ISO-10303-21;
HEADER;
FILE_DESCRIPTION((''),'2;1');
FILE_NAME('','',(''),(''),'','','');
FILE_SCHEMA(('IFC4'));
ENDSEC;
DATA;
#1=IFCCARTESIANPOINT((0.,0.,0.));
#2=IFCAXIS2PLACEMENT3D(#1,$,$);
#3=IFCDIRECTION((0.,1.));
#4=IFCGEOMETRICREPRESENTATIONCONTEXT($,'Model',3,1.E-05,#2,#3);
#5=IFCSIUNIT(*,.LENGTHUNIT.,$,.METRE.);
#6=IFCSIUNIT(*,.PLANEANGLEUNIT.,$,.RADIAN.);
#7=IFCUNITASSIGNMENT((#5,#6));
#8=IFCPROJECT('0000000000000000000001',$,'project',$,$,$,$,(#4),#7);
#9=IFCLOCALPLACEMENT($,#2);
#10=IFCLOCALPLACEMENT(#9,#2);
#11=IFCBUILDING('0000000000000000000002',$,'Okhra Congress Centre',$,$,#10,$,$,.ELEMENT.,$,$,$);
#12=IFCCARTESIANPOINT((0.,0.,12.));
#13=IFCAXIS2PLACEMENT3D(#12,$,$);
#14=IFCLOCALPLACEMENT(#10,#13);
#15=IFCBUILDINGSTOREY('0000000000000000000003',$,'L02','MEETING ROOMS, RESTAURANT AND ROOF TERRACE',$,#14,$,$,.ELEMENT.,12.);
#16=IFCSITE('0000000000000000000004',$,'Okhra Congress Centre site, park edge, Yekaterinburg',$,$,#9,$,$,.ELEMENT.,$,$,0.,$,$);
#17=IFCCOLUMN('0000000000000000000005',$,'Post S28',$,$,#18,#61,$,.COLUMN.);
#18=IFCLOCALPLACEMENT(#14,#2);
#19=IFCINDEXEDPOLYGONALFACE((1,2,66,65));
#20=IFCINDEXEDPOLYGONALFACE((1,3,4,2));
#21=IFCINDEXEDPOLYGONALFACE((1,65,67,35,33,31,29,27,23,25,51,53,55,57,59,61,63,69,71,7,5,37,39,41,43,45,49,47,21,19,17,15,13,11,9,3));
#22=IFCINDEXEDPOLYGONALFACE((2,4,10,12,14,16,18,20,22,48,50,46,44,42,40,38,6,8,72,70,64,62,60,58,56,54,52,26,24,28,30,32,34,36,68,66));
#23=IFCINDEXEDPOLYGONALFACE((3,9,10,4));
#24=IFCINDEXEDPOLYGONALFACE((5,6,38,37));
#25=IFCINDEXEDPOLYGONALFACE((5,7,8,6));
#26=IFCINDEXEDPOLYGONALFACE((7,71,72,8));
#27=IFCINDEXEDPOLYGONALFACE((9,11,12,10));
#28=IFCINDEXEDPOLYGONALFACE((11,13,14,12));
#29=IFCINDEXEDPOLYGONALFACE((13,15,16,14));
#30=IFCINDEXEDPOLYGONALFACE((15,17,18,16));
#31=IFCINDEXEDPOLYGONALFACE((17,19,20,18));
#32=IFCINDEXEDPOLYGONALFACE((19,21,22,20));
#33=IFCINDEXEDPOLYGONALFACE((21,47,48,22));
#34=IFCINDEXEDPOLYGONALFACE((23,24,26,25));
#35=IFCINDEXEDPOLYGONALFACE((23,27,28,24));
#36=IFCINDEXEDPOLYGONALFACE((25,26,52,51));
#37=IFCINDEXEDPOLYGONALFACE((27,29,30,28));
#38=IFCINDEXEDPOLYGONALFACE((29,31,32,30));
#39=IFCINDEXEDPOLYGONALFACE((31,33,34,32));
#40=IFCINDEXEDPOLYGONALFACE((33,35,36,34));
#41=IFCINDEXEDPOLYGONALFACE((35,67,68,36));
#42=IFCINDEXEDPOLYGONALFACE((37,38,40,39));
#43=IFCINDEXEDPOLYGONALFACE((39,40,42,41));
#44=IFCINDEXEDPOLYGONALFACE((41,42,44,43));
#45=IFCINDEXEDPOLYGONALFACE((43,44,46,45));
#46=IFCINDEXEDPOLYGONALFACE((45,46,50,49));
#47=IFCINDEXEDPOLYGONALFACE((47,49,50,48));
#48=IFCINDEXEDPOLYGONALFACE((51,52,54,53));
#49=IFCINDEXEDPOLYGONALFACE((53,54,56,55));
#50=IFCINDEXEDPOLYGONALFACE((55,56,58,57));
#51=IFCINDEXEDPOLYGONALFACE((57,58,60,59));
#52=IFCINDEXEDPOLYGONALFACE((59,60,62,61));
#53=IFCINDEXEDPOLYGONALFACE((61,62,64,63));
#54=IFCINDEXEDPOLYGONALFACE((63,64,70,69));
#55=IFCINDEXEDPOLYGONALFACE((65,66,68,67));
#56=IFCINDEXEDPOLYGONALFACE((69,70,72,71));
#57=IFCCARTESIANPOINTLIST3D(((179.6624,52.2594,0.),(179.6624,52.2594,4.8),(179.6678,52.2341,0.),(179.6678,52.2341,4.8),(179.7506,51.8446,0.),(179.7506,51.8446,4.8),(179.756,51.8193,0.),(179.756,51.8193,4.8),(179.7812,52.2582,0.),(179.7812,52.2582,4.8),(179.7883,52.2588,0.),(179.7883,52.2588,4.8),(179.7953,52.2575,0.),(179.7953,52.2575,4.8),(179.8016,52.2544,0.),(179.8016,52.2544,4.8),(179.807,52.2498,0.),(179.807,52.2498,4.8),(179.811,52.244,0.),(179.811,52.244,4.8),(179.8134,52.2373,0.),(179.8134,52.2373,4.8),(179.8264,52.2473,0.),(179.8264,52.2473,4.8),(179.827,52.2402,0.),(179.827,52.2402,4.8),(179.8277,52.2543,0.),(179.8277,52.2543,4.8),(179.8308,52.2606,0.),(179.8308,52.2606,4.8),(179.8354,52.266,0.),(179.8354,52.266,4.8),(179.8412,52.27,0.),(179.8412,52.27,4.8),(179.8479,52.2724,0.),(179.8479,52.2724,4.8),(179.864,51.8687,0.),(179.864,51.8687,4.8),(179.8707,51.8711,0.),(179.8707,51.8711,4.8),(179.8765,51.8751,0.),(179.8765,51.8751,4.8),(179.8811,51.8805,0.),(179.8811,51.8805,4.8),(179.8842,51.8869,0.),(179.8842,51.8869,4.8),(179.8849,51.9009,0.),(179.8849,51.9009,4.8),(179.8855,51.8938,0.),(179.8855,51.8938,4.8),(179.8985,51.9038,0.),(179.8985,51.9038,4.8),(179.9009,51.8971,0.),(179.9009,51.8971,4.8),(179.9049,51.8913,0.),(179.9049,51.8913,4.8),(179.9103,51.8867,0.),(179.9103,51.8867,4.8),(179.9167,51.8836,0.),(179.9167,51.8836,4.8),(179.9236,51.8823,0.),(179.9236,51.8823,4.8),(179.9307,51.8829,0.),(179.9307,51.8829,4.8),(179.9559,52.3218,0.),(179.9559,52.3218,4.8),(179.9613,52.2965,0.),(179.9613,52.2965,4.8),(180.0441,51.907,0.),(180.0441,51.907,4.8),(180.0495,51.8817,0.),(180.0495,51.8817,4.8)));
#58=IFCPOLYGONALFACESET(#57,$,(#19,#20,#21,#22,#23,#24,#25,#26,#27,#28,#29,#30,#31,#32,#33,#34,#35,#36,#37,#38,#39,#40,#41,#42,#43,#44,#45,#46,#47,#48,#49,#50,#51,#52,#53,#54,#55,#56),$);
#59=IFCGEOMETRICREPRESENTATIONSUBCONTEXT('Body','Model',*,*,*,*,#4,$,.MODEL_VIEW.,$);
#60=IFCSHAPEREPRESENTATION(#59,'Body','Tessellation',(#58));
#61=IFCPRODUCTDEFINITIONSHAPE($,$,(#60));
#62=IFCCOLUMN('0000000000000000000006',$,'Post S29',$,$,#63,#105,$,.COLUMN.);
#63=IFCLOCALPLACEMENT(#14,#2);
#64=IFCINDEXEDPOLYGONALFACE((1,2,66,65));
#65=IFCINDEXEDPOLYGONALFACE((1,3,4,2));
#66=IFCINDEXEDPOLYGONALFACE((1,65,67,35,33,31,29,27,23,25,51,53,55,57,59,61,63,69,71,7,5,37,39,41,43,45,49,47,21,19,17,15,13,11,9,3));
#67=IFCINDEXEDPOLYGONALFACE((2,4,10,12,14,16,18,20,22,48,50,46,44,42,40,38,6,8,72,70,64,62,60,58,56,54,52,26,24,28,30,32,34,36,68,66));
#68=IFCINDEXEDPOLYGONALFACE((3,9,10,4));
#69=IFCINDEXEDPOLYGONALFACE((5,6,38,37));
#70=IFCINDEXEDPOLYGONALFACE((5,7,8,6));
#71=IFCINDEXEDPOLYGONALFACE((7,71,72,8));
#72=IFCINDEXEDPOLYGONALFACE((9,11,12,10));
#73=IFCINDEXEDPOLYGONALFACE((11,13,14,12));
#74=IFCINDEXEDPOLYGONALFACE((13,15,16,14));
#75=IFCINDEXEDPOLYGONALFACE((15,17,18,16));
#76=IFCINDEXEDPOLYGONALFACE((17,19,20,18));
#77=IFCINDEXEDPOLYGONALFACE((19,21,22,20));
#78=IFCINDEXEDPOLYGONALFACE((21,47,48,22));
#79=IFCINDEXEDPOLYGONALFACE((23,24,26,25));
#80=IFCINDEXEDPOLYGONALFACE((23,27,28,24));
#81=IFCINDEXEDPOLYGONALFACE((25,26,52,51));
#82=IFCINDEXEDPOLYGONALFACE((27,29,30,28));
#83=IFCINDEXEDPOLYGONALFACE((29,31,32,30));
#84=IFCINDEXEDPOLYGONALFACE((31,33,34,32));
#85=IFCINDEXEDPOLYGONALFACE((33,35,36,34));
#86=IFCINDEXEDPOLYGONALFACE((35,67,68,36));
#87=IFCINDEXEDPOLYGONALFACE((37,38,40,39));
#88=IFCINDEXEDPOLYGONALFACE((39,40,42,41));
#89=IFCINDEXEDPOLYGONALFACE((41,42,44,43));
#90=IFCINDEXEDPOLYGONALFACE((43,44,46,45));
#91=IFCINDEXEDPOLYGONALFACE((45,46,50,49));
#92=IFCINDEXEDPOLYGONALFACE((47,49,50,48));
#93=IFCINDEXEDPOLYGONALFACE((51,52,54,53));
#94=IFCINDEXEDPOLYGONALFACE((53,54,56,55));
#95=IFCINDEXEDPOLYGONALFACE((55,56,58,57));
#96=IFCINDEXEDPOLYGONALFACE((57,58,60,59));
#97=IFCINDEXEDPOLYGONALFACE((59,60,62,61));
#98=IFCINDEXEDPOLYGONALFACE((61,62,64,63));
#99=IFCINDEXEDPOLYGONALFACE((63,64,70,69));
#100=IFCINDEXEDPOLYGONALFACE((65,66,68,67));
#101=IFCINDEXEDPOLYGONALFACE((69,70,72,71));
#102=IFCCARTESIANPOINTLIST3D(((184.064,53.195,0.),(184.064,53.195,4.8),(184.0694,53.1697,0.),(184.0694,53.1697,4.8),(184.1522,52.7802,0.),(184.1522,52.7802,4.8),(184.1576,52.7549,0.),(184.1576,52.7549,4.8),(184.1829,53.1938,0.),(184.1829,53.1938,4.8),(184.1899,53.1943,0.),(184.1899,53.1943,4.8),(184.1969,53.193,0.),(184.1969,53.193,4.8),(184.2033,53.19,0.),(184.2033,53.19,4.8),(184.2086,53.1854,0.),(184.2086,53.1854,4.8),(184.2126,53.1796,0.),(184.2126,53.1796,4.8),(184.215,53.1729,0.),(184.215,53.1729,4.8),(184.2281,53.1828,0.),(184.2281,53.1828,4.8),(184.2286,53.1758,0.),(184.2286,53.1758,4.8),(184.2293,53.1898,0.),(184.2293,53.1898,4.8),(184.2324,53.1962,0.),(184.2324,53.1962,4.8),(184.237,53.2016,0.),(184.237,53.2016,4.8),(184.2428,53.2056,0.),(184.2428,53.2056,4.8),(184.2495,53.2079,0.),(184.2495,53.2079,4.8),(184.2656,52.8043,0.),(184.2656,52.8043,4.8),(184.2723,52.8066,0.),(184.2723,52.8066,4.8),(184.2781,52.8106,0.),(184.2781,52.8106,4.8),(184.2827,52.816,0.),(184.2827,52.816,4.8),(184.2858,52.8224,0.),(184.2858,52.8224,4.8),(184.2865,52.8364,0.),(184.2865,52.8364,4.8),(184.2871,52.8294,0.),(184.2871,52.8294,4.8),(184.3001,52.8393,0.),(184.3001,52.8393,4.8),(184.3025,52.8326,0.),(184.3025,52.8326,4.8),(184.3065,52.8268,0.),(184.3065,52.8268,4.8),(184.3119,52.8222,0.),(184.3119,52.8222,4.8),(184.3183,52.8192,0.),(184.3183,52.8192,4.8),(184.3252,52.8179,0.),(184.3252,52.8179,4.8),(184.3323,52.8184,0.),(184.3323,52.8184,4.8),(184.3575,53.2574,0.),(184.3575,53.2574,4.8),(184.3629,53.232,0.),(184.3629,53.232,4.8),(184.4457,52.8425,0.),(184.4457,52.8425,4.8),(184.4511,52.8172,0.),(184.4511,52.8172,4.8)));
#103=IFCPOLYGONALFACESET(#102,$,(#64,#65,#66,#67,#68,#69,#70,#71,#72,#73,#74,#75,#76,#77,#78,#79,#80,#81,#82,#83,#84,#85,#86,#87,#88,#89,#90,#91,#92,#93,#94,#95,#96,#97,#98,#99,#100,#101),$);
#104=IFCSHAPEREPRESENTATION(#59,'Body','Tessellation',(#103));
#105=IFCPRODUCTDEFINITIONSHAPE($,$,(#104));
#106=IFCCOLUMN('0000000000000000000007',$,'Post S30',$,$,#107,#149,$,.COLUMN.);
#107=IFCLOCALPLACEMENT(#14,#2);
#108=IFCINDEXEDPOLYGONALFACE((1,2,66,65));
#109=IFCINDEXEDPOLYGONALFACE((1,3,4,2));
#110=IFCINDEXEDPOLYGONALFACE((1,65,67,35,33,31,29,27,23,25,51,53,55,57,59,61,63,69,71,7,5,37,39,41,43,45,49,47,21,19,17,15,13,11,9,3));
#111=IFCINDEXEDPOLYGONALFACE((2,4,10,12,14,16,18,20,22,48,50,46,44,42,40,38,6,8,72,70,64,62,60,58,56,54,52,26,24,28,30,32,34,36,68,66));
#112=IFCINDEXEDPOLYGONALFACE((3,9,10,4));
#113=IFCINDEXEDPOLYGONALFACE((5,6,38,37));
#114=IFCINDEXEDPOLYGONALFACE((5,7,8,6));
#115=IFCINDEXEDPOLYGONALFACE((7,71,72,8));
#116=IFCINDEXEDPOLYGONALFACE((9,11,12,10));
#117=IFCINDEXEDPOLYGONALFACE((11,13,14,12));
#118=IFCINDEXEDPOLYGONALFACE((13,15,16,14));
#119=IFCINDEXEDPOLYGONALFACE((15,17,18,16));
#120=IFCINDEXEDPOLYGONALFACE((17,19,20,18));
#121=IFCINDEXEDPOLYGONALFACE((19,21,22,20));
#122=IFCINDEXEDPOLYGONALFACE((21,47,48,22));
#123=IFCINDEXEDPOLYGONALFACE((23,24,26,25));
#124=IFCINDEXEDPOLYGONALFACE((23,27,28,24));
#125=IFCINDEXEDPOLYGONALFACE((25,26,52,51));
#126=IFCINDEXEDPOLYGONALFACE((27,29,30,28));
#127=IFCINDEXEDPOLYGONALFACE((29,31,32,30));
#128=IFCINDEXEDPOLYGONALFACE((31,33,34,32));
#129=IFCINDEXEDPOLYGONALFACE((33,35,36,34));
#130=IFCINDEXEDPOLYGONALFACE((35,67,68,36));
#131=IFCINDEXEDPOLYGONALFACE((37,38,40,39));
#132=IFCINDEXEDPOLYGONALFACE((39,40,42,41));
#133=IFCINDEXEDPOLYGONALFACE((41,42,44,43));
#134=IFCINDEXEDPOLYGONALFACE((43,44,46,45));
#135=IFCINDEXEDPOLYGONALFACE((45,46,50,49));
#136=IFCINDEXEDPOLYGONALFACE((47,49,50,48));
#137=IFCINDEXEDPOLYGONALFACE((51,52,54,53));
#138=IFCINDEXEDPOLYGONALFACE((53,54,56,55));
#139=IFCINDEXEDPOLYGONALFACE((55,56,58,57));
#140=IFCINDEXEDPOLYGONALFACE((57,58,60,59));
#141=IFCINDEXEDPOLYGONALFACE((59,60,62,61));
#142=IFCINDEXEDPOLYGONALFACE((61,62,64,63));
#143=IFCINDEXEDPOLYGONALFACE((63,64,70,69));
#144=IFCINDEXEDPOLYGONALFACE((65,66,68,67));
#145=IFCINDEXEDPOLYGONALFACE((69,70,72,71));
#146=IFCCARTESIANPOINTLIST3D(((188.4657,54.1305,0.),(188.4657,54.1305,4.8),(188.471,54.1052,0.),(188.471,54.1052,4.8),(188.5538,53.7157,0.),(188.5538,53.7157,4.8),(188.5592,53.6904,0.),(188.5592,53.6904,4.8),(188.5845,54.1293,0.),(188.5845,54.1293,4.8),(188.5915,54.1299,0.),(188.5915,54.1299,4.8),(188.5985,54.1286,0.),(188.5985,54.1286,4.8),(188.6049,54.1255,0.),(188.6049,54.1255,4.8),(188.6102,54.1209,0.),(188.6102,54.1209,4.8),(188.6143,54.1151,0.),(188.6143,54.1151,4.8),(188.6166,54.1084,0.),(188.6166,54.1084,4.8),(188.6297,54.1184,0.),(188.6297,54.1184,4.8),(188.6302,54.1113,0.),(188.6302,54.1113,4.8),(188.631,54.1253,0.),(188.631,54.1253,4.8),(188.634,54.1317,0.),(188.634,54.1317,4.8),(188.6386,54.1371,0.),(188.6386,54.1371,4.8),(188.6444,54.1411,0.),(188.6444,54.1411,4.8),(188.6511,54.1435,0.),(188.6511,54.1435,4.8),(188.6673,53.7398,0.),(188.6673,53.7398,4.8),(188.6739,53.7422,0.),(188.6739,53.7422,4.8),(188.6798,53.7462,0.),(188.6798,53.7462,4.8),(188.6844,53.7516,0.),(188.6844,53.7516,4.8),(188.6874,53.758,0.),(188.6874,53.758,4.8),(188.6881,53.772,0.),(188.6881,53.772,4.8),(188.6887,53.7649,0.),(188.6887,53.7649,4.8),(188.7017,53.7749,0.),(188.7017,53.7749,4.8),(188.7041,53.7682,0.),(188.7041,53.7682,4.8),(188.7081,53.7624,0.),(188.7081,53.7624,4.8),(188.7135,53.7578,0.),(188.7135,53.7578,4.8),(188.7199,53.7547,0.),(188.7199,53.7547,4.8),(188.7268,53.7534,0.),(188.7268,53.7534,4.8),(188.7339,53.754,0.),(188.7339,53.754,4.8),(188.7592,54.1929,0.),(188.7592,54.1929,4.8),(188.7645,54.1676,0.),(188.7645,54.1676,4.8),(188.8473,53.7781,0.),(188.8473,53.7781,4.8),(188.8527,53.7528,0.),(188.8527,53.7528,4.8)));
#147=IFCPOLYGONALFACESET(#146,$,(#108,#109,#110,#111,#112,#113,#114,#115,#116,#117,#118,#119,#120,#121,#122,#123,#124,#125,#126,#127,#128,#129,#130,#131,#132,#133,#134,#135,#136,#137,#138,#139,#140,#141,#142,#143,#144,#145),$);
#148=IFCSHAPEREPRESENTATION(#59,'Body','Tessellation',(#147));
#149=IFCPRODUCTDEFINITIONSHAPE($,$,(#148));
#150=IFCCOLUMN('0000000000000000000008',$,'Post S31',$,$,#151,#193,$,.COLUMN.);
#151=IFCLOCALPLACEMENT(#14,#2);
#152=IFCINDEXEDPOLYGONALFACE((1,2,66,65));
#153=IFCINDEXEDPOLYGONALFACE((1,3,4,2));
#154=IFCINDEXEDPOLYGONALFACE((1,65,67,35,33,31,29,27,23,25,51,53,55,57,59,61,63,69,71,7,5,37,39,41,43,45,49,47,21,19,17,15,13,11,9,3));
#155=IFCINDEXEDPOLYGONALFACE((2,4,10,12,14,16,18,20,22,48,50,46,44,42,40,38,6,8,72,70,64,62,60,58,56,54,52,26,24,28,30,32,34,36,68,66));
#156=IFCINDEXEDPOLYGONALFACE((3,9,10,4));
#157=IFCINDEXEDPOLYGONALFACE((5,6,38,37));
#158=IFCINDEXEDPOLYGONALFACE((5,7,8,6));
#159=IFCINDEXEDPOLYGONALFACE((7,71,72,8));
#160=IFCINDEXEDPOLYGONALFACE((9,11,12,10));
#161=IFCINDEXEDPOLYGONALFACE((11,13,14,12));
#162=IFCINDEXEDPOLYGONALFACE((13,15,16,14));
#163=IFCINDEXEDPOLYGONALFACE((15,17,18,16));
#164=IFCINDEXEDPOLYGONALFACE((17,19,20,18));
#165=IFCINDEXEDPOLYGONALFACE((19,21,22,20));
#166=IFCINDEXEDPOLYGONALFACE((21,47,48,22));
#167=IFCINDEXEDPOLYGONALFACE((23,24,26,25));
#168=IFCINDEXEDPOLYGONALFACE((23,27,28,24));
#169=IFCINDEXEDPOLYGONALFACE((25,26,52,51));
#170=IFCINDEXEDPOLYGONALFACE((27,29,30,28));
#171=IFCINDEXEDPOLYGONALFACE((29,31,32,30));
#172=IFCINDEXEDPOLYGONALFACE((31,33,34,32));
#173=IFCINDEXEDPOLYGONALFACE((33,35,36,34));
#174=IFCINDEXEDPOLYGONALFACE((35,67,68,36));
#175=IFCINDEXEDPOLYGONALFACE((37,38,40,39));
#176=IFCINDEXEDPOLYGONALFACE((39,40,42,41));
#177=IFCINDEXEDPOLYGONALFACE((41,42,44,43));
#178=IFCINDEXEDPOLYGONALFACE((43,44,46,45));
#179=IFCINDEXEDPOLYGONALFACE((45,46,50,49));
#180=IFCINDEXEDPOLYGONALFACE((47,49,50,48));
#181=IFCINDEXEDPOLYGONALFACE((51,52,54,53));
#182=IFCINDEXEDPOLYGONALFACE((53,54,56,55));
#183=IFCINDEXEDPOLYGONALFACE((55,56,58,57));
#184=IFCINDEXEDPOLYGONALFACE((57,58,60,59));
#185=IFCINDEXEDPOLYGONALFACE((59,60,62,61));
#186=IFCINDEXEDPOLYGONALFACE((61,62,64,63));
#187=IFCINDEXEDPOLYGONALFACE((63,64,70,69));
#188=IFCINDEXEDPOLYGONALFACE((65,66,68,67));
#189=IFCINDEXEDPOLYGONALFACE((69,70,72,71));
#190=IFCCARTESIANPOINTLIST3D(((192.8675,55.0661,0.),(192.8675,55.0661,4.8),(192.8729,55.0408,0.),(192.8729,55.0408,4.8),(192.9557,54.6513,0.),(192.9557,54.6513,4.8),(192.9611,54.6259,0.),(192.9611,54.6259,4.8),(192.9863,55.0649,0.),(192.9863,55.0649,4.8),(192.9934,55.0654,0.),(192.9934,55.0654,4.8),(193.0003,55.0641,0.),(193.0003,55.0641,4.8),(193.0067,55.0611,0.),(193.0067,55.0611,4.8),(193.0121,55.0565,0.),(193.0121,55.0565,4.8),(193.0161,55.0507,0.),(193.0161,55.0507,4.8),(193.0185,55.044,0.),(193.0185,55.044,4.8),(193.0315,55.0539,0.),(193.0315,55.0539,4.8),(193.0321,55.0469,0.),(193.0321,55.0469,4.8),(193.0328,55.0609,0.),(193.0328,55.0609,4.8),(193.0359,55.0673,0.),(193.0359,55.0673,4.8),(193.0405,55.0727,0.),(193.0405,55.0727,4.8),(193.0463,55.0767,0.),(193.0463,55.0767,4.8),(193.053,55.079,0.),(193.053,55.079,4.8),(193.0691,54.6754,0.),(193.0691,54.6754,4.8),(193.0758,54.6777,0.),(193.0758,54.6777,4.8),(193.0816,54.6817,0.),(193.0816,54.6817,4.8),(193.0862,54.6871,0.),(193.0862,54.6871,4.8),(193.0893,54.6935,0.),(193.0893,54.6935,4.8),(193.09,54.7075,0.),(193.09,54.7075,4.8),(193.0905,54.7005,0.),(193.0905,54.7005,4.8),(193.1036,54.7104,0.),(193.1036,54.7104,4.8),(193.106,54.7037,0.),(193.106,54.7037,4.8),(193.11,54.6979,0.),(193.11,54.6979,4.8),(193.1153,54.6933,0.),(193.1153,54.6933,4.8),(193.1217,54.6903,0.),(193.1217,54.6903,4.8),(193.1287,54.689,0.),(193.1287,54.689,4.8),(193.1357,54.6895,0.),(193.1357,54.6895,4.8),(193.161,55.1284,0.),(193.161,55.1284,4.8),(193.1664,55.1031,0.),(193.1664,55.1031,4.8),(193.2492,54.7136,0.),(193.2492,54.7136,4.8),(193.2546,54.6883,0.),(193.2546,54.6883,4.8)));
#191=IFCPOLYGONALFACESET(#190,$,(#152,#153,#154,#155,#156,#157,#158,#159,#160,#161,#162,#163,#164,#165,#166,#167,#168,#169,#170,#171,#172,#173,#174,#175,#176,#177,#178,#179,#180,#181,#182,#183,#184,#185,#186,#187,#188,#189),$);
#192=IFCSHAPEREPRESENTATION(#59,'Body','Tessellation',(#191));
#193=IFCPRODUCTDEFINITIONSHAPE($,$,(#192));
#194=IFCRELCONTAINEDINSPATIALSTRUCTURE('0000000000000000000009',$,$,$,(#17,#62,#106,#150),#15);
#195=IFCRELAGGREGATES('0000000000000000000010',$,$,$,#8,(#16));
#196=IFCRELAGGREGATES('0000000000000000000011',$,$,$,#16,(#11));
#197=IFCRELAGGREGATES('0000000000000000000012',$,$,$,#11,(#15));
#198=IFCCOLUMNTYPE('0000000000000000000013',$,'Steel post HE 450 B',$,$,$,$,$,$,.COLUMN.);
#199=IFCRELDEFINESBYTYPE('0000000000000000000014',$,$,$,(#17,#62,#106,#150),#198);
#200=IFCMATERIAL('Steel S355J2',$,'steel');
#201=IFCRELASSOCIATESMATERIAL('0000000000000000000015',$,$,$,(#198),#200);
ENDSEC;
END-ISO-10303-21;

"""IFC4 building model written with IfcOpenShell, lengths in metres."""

from ifc_helpers import new_model, si_unit, direction, frame, origin, origin_2d, place, context, subcontext, project, spatial, i_section, extrude, material, material_profile, profile_set, type_object, element, save


model = new_model("IFC4")

# Units and contexts
model_context = context("Model", 3, precision=1e-05, world=origin(), true_north=direction((0.0, 1.0)))
body_context = subcontext(model_context, "Body", "Model", "MODEL_VIEW")
ifc_project = project(units=[si_unit("LENGTHUNIT", "METRE"), si_unit("PLANEANGLEUNIT", "RADIAN")], contexts=[model_context])

# Site, building, storey
site_placement = place(None, origin())
site = spatial("IfcSite", under=ifc_project, at=site_placement, Name="Okhra Congress Centre site, park edge, Yekaterinburg", CompositionType="ELEMENT", RefElevation=0.0)
building_placement = place(site_placement, origin())
building = spatial("IfcBuilding", under=site, at=building_placement, Name="Okhra Congress Centre", CompositionType="ELEMENT")
storey_placement = place(building_placement, frame((0.0, 0.0, 12.0)))
storey = spatial("IfcBuildingStorey", under=building, at=storey_placement, Name="L02", Description="MEETING ROOMS, RESTAURANT AND ROOF TERRACE", CompositionType="ELEMENT", Elevation=12.0)

# Columns
ifc_material_1 = material(Name="Steel S355J2", Category="steel")
ifc_material_profile_1 = material_profile(ifc_material_1, i_section(OverallWidth=0.3, OverallDepth=0.45, WebThickness=0.0139, FlangeThickness=0.0259, FilletRadius=0.0271, at=origin_2d()), Name="HE 450 B")
ifc_profile_set_1 = profile_set([ifc_material_profile_1], Name="Steel S355J2")
column_type = type_object("IfcColumnType", Name="Steel post HE 450 B", PredefinedType="COLUMN", material=ifc_profile_set_1)
for number, where, z_axis, x_axis, name in (
    (1, (179.856, 52.0706, 0.0), (0.0, 0.0, 1.0), (0.978148, 0.207912, 0.0), "Post S28"),
    (2, (184.2576, 53.0061, 0.0), (0.0, 0.0, 1.0), (0.978148, 0.207912, 0.0), "Post S29"),
    (3, (188.6592, 53.9417, 0.0), (0.0, 0.0, 1.0), (0.978148, 0.207912, 0.0), "Post S30"),
    (4, (193.061, 54.8772, 0.0), (0.0, 0.0, 1.0), (0.978148, 0.207912, 0.0), "Post S31"),
):
    element("IfcColumn", number, at=place(storey_placement, frame(where, z_axis=z_axis, x_axis=x_axis)), inside=storey, type_object=column_type, Name=name, PredefinedType="COLUMN", context=body_context, shape_type="SweptSolid", body=[
        extrude(i_section(OverallWidth=0.3, OverallDepth=0.45, WebThickness=0.0139, FlangeThickness=0.0259, FilletRadius=0.0271, at=origin_2d()), origin(), (0.0, 0.0, 1.0), 4.8),
    ])

save(model, "model.ifc")
